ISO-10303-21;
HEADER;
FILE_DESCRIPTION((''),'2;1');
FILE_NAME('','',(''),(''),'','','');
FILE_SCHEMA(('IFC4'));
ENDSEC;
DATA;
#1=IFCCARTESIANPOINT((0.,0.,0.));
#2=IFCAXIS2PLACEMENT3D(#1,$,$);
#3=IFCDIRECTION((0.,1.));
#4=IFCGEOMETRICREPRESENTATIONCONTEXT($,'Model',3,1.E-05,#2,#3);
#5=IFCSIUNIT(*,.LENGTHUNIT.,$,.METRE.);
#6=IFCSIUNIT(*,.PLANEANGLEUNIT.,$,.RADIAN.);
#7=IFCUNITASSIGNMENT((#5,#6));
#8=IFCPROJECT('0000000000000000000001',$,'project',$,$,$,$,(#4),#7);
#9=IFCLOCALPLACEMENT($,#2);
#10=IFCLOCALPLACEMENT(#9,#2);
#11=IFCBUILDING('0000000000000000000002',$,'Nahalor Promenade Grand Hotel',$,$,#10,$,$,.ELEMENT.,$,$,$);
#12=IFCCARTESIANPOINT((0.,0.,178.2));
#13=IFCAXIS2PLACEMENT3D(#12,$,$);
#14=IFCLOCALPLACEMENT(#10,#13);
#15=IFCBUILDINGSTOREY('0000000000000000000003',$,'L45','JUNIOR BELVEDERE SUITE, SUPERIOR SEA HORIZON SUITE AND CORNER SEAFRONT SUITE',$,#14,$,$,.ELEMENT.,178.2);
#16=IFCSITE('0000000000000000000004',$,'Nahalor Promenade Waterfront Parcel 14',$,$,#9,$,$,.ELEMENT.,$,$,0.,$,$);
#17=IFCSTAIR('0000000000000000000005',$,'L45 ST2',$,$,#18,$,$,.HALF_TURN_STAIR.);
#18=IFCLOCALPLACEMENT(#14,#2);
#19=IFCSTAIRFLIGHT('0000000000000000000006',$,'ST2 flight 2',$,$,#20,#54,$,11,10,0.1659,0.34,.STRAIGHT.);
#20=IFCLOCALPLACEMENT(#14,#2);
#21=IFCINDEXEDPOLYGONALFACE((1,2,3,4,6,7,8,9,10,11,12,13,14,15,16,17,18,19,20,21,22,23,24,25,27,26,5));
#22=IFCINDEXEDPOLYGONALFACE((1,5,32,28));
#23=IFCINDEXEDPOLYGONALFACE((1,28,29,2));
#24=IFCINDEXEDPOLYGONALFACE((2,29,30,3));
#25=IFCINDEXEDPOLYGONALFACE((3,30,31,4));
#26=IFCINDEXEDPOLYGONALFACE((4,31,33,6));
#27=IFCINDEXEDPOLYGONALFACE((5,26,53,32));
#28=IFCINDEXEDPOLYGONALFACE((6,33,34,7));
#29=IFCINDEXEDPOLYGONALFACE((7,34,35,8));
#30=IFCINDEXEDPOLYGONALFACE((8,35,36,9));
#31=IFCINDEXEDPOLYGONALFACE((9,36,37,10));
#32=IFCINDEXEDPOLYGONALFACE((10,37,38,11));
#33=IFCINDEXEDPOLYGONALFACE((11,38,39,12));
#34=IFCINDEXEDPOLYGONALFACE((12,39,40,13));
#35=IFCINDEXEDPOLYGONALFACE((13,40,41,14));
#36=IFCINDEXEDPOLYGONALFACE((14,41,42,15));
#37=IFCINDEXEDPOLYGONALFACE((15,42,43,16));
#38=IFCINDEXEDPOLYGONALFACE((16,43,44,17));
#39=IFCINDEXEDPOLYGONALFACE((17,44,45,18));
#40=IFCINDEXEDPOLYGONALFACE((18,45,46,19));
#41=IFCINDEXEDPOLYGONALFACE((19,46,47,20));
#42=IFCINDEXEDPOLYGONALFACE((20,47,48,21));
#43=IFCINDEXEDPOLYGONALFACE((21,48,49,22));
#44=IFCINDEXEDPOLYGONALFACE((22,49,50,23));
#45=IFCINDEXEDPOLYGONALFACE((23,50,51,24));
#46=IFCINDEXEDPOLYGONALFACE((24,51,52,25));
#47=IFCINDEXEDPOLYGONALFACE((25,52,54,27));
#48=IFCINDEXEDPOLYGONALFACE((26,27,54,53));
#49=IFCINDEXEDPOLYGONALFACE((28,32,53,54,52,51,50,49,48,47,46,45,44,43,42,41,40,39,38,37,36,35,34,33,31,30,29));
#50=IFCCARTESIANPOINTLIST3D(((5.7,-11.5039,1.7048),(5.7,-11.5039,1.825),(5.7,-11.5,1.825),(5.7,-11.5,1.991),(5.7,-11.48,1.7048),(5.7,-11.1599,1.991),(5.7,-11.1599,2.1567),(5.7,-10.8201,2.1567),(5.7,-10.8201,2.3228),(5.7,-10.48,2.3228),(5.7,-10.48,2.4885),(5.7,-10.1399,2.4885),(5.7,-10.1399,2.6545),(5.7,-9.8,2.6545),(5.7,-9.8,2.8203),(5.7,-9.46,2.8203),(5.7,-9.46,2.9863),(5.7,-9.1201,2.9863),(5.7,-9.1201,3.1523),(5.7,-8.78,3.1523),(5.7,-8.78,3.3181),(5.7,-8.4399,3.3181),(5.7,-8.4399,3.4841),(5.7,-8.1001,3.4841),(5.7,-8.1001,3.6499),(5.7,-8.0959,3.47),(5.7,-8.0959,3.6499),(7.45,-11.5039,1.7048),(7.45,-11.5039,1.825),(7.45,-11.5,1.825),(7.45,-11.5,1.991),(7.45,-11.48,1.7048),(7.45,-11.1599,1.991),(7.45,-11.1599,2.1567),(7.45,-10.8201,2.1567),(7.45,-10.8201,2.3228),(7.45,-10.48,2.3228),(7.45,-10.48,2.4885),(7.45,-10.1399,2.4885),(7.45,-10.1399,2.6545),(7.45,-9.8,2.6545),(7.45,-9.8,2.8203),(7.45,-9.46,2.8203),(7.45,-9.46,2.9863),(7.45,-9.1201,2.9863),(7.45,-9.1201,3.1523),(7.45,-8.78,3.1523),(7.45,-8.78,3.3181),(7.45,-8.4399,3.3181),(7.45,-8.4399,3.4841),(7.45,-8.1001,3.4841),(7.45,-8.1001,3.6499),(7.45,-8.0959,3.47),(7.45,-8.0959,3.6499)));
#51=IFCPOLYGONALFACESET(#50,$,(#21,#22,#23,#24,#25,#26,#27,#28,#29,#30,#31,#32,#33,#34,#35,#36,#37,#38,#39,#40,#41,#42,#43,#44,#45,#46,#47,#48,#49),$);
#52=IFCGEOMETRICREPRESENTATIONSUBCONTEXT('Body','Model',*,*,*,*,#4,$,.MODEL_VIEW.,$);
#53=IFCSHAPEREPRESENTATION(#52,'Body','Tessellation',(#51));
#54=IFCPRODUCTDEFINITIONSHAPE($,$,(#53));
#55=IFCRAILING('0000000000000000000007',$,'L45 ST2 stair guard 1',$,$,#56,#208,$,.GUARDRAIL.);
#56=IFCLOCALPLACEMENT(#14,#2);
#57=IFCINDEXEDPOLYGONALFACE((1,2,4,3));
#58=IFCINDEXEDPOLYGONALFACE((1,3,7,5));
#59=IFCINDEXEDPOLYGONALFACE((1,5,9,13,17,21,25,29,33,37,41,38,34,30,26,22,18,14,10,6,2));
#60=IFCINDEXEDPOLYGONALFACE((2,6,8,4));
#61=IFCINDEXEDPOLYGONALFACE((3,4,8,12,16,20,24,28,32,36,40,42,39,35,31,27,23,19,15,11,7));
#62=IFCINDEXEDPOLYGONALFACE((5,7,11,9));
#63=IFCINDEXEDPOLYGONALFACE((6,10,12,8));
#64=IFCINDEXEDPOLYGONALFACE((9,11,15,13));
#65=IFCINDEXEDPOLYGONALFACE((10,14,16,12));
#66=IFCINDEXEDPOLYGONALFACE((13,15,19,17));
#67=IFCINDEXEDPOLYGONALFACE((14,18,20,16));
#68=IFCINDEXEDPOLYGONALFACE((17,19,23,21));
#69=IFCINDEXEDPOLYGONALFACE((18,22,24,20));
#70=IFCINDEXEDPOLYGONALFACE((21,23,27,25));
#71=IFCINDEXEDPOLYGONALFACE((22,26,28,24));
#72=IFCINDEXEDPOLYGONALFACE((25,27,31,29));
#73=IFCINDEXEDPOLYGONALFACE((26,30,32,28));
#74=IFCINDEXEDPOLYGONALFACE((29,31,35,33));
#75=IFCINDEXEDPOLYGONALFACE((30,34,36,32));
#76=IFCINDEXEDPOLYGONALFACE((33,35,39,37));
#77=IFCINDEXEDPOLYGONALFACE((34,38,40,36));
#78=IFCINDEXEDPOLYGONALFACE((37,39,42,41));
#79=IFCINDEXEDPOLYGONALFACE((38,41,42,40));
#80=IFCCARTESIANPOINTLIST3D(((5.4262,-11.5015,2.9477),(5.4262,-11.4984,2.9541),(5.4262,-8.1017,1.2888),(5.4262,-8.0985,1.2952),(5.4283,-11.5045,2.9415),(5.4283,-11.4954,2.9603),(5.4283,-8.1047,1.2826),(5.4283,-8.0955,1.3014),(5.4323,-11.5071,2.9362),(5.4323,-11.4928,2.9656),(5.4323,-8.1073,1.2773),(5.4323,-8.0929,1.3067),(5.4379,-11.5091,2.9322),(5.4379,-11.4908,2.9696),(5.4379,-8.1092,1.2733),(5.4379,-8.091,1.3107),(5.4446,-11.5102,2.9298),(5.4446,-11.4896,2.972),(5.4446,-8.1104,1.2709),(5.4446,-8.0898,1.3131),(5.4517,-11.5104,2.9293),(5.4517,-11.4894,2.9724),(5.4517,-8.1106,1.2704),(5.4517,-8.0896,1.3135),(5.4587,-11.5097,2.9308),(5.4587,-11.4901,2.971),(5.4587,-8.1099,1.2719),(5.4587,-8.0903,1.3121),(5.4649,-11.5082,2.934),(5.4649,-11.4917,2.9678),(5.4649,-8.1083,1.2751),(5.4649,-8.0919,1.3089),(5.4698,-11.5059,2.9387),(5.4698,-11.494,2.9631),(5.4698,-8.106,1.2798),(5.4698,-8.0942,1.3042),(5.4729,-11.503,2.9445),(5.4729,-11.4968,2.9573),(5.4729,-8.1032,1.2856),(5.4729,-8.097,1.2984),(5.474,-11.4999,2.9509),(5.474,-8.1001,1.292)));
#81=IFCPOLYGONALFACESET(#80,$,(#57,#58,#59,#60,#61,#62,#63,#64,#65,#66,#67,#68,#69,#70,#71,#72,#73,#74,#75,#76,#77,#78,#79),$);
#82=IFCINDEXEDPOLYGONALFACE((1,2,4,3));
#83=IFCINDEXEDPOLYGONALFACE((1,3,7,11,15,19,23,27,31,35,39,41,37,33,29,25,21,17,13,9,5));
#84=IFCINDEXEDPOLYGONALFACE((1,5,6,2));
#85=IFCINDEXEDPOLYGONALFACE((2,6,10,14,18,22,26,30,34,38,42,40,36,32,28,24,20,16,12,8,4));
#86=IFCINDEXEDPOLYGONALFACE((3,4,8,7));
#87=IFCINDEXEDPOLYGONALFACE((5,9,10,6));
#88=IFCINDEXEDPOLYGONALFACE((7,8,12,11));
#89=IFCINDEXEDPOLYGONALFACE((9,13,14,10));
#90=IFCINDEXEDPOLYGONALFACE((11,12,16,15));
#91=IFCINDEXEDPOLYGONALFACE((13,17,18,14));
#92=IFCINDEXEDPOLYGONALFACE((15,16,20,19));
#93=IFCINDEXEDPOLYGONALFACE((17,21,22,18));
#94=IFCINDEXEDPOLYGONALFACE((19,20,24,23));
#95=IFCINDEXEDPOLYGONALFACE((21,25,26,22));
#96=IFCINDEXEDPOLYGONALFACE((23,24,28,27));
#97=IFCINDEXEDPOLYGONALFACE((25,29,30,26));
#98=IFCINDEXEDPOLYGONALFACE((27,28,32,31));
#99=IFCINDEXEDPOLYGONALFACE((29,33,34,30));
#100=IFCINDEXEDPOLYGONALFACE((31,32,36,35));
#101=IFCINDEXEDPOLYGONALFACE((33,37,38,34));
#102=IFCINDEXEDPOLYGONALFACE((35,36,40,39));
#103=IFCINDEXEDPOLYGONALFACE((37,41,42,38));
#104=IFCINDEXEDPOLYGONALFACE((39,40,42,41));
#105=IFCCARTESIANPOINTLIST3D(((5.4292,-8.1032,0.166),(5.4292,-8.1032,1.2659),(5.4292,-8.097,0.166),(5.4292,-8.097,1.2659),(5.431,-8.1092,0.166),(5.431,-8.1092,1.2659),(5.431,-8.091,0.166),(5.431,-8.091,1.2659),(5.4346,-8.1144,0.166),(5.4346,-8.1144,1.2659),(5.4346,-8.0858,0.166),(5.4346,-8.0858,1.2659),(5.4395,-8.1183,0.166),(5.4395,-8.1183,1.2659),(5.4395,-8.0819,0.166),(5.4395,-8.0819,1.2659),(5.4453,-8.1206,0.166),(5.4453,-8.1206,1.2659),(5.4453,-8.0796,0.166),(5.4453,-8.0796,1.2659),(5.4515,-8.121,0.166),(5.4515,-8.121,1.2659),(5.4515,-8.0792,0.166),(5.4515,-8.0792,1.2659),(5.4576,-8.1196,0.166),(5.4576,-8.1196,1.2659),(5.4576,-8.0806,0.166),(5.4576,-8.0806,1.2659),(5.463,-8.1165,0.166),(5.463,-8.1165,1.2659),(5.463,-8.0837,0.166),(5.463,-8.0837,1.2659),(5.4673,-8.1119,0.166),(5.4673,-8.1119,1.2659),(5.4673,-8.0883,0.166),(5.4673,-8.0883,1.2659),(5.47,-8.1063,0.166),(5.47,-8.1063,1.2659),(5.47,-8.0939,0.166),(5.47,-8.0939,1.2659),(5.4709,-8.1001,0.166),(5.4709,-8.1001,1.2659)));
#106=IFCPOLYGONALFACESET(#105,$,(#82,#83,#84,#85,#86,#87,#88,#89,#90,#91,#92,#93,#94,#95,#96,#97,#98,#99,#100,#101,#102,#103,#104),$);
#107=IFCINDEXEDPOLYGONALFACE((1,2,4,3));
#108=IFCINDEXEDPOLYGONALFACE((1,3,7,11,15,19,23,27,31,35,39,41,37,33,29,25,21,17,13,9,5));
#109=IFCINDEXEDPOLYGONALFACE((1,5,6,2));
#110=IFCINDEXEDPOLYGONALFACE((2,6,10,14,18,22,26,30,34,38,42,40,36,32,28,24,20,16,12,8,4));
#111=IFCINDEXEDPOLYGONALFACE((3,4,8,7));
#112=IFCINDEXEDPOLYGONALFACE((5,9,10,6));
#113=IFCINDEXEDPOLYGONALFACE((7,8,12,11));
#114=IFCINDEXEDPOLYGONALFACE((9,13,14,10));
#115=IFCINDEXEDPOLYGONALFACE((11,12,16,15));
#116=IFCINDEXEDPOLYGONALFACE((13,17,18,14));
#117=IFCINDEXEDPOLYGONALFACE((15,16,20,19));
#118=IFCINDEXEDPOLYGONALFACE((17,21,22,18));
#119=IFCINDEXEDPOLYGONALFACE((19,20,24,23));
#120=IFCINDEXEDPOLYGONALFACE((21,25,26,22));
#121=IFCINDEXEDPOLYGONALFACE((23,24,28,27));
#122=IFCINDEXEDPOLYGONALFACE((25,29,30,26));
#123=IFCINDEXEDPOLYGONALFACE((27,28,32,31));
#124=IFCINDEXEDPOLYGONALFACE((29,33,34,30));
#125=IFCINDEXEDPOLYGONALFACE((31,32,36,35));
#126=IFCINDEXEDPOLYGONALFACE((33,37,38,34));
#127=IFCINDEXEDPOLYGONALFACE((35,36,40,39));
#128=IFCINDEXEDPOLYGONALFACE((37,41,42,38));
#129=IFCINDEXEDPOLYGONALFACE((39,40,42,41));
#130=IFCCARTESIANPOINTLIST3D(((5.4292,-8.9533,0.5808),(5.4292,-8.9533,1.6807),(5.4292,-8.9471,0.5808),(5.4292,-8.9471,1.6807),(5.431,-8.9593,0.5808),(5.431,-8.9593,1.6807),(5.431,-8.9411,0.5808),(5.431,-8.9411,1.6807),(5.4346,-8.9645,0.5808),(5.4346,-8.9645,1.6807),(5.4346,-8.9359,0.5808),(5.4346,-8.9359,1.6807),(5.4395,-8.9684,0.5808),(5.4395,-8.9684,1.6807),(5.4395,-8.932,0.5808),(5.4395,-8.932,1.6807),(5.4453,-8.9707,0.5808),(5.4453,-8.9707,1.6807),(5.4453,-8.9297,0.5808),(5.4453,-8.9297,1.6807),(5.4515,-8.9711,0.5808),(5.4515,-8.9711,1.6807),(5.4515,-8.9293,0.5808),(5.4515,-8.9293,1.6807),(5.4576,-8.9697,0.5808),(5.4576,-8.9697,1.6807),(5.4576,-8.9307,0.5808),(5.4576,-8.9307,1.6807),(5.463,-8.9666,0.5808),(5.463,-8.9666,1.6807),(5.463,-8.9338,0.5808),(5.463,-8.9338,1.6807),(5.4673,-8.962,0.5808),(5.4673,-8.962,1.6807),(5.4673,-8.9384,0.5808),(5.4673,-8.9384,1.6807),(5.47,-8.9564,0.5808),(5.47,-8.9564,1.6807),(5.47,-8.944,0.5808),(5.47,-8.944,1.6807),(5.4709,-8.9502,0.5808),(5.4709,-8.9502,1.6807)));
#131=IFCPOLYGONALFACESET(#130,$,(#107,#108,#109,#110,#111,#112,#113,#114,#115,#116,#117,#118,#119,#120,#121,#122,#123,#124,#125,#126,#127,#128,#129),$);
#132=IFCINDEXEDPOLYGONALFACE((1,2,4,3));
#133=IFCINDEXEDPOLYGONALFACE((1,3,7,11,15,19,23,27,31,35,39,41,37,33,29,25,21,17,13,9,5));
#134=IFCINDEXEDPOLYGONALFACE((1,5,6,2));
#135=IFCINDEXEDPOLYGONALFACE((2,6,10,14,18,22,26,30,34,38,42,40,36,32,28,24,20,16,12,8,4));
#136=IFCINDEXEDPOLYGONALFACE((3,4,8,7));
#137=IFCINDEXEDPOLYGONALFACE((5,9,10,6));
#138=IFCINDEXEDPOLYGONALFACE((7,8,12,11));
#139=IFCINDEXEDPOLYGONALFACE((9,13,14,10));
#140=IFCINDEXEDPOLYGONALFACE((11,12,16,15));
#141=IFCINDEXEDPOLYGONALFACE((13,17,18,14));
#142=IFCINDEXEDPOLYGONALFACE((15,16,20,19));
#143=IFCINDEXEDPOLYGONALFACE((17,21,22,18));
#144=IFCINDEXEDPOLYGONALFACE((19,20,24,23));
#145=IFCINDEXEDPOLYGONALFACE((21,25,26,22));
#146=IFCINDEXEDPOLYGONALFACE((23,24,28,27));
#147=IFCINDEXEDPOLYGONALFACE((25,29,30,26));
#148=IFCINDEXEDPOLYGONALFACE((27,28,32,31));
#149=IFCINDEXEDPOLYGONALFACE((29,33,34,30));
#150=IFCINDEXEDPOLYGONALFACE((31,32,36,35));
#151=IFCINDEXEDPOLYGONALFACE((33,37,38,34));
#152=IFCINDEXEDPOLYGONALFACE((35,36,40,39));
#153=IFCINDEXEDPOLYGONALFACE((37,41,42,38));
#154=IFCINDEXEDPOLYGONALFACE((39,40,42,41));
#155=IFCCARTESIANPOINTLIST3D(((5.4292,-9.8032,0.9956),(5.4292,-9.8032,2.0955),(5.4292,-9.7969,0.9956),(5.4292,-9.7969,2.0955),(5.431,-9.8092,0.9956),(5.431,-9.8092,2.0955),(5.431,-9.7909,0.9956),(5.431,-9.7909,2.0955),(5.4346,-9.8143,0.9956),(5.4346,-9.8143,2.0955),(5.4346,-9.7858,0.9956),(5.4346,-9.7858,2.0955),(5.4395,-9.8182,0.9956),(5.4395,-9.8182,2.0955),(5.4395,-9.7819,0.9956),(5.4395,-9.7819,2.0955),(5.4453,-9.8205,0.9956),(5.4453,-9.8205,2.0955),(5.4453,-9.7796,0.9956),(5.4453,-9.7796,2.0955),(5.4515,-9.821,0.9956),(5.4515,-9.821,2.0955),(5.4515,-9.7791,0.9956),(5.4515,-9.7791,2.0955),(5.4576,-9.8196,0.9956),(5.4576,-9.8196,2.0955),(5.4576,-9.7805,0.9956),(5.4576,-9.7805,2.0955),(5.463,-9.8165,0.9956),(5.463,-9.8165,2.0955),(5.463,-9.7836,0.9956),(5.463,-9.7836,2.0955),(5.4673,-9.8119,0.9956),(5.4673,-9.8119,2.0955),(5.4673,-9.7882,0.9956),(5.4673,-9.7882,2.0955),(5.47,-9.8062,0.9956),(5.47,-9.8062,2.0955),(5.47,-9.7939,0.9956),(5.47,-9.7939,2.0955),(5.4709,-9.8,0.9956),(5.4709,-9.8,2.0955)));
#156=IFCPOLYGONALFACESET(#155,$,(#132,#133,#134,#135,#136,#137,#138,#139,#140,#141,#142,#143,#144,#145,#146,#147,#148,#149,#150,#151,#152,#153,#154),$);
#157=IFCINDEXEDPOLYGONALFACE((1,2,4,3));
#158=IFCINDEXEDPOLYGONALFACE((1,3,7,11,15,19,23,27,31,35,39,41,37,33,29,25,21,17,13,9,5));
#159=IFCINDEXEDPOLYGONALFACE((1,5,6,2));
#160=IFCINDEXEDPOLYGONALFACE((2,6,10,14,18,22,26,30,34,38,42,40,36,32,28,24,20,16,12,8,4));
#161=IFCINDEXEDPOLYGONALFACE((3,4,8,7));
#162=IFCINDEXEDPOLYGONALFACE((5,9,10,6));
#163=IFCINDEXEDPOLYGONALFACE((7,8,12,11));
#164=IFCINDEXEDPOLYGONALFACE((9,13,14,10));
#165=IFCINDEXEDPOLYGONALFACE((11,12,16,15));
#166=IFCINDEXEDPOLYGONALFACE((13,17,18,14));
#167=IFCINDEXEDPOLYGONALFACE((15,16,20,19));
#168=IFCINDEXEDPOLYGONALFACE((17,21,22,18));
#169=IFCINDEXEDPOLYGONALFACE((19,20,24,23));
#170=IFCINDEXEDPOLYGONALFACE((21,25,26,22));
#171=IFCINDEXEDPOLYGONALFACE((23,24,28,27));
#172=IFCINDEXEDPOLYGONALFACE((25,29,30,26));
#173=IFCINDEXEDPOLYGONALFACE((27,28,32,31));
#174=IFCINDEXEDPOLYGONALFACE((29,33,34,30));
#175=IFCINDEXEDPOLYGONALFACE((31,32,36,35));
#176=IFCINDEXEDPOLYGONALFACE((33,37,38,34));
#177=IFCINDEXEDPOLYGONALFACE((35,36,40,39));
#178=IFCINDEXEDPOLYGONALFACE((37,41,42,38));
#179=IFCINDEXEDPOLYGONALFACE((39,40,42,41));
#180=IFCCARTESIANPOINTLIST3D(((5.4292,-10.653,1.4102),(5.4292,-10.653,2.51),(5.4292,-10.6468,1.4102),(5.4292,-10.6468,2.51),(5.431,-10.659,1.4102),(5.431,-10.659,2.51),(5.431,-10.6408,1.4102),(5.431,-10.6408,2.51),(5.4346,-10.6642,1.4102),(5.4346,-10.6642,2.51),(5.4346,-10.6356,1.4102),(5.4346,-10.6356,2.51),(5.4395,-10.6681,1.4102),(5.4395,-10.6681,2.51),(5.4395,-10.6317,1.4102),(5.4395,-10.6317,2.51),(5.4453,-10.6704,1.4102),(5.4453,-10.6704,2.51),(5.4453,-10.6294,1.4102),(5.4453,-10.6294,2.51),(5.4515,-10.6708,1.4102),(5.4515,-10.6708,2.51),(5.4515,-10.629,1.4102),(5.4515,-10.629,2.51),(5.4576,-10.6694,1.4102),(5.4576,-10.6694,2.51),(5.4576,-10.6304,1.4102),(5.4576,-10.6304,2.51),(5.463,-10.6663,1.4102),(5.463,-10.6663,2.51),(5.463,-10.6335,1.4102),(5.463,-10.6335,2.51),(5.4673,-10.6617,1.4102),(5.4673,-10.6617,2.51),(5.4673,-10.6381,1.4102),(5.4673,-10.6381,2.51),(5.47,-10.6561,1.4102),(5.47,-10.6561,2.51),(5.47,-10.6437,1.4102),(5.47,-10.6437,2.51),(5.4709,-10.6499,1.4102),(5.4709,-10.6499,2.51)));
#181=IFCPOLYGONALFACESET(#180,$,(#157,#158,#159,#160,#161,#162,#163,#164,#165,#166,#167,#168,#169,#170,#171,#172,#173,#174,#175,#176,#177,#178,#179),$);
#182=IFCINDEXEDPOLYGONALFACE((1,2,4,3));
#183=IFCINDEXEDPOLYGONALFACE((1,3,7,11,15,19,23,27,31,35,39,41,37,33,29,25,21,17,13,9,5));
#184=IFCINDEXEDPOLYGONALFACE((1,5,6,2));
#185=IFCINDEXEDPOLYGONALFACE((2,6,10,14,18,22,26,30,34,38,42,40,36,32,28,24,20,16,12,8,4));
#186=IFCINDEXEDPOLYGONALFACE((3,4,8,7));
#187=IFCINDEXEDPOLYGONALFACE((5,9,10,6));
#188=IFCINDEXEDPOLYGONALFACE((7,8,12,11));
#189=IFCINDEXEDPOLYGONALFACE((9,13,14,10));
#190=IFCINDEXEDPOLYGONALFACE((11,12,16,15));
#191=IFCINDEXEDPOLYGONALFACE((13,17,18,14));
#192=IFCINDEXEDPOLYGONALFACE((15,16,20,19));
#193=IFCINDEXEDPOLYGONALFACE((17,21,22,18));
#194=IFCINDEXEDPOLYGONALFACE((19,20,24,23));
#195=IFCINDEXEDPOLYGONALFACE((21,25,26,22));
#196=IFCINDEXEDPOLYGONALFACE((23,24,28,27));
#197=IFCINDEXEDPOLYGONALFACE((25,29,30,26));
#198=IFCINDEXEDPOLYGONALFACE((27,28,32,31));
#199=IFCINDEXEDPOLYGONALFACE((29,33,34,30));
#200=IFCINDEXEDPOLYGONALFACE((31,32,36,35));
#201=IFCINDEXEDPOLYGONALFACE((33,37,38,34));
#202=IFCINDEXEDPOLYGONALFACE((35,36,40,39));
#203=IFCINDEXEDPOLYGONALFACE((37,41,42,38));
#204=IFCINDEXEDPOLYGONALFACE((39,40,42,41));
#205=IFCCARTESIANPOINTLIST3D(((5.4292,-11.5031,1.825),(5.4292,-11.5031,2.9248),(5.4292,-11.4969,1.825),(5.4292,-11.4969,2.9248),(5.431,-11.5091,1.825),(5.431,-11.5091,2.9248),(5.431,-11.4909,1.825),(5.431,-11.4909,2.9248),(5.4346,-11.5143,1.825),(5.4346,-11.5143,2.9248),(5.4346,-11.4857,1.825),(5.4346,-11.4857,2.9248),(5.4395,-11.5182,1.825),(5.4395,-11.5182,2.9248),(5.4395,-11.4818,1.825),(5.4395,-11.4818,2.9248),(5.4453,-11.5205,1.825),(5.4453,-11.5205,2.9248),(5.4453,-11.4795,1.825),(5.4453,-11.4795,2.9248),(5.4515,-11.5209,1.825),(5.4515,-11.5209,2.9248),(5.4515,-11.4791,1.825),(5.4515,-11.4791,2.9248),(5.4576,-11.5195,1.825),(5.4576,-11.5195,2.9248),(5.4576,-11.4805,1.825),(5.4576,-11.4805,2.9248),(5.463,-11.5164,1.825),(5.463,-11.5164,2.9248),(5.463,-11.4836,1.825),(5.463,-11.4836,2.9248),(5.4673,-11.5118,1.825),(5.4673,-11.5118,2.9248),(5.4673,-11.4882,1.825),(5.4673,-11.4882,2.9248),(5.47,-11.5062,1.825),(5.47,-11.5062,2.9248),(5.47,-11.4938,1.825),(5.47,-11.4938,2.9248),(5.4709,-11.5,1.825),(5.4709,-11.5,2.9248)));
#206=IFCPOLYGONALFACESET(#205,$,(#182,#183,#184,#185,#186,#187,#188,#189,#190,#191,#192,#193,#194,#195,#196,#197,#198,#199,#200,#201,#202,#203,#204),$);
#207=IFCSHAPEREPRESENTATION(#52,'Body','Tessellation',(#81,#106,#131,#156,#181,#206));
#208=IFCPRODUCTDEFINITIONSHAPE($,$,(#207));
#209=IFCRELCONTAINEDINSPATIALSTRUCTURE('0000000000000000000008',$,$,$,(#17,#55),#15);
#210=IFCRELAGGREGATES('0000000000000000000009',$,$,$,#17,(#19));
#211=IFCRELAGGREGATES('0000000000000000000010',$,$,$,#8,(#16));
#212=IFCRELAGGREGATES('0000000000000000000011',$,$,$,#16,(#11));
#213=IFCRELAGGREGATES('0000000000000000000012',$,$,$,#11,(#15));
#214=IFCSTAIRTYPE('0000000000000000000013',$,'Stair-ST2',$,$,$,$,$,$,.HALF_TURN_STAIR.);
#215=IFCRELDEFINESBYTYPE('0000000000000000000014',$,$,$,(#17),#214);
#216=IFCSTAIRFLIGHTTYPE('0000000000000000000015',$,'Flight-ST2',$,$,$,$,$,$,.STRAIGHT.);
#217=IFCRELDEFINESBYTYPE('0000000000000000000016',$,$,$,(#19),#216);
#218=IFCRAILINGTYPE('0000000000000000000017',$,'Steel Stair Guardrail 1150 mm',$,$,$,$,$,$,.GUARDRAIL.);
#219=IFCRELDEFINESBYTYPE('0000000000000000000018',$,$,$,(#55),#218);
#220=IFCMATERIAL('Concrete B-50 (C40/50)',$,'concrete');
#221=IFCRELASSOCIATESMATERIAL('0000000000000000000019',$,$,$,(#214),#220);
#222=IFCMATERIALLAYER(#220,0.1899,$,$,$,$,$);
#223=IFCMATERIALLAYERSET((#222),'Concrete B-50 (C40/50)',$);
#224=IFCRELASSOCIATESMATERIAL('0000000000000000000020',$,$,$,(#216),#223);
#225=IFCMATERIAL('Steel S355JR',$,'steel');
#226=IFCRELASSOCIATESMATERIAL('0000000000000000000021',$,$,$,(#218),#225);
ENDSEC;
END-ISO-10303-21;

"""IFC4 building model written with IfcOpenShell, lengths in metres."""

from ifc_helpers import new_model, si_unit, direction, frame, origin, origin_2d, place, context, subcontext, project, spatial, polyline, circle, outline, extrude, source, transform, mapped, material, layer, layer_set, type_object, element, aggregate, save


model = new_model("IFC4")

# Units and contexts
model_context = context("Model", 3, precision=1e-05, world=origin(), true_north=direction((0.0, 1.0)))
body_context = subcontext(model_context, "Body", "Model", "MODEL_VIEW")
ifc_project = project(units=[si_unit("LENGTHUNIT", "METRE"), si_unit("PLANEANGLEUNIT", "RADIAN")], contexts=[model_context])

# Site, building, storey
site_placement = place(None, origin())
site = spatial("IfcSite", under=ifc_project, at=site_placement, Name="Nahalor Promenade Waterfront Parcel 14", CompositionType="ELEMENT", RefElevation=0.0)
building_placement = place(site_placement, origin())
building = spatial("IfcBuilding", under=site, at=building_placement, Name="Nahalor Promenade Grand Hotel", CompositionType="ELEMENT")
storey_placement = place(building_placement, frame((0.0, 0.0, 178.2)))
storey = spatial("IfcBuildingStorey", under=building, at=storey_placement, Name="L45", Description="JUNIOR BELVEDERE SUITE, SUPERIOR SEA HORIZON SUITE AND CORNER SEAFRONT SUITE", CompositionType="ELEMENT", Elevation=178.2)

# Shared definitions
ifc_material_1 = material(Name="Steel S355JR", Category="steel")

# Shared definitions
ifc_material_2 = material(Name="Concrete B-50 (C40/50)", Category="concrete")

# Stair, stair flight
stair_type = type_object("IfcStairType", Name="Stair-ST2", PredefinedType="HALF_TURN_STAIR", material=ifc_material_2)
stair_placement = place(storey_placement, origin())
stair = element("IfcStair", 1, at=stair_placement, inside=storey, type_object=stair_type, Name="L45 ST2", PredefinedType="HALF_TURN_STAIR")
ifc_layer_1 = layer(ifc_material_2, 0.1899)
ifc_layer_set_1 = layer_set([ifc_layer_1], Name="Concrete B-50 (C40/50)")
stair_flight_type = type_object("IfcStairFlightType", Name="Flight-ST2", PredefinedType="STRAIGHT", material=ifc_layer_set_1)
shared_shape_1 = source(origin(), body_context, "Body", "SweptSolid", [
    extrude(outline(polyline([(-0.0039, -0.1201), (-0.0039, 0.0), (0.0, 0.0), (0.0, 0.166), (0.3401, 0.166), (0.3401, 0.3318), (0.6799, 0.3318), (0.6799, 0.4978), (1.02, 0.4978), (1.02, 0.6636), (1.3601, 0.6636), (1.3601, 0.8296), (1.7, 0.8296), (1.7, 0.9954), (2.04, 0.9954), (2.04, 1.1614), (2.3799, 1.1614), (2.3799, 1.3274), (2.72, 1.3274), (2.72, 1.4932), (3.0601, 1.4932), (3.0601, 1.6592), (3.3999, 1.6592), (3.3999, 1.825), (3.4041, 1.825), (3.4041, 1.645), (0.02, -0.1201), (-0.0039, -0.1201)])), frame((0.0, 0.875, 0.0), z_axis=(0.0, -1.0, 0.0), x_axis=(1.0, 0.0, 0.0)), (0.0, 0.0, 1.0), 1.75),
])
stair_flight_1_placement = place(storey_placement, frame((6.575, -11.5, 1.825), z_axis=(0.0, 0.0, 1.0), x_axis=(0.0, 1.0, 0.0)))
stair_flight_1 = element("IfcStairFlight", 2, at=stair_flight_1_placement, type_object=stair_flight_type, Name="ST2 flight 2", NumberOfRisers=11, NumberOfTreads=10, PredefinedType="STRAIGHT", RiserHeight=0.1659, TreadLength=0.34, context=body_context, shape_type="MappedRepresentation", body=[
    mapped(shared_shape_1, transform((0.0, 0.0, 0.0), scale=1.0)),
])
aggregate(stair, [stair_flight_1])

# Railing
railing_type_1 = type_object("IfcRailingType", Name="Steel Stair Guardrail 1150 mm", PredefinedType="GUARDRAIL", material=ifc_material_1)
railing_1_placement = place(storey_placement, frame((5.45, -8.1001, 0.166)))
element("IfcRailing", 3, at=railing_1_placement, inside=storey, type_object=railing_type_1, Name="L45 ST2 stair guard 1", PredefinedType="GUARDRAIL", context=body_context, shape_type="SweptSolid", body=[
    extrude(circle(Radius=0.024, at=origin_2d()), frame((0.0, 0.0, 1.126), z_axis=(0.0, -0.898722, 0.438519), x_axis=(1.0, 0.0, 0.0)), (0.0, 0.0, 1.0), 3.783),
    extrude(circle(Radius=0.021, at=origin_2d()), origin(), (0.0, 0.0, 1.0), 1.0999),
    extrude(circle(Radius=0.021, at=origin_2d()), frame((0.0, -0.8501, 0.4148)), (0.0, 0.0, 1.0), 1.0999),
    extrude(circle(Radius=0.021, at=origin_2d()), frame((0.0, -1.7, 0.8296)), (0.0, 0.0, 1.0), 1.0999),
    extrude(circle(Radius=0.021, at=origin_2d()), frame((0.0, -2.5498, 1.2441)), (0.0, 0.0, 1.0), 1.0999),
    extrude(circle(Radius=0.021, at=origin_2d()), frame((0.0, -3.3999, 1.6589)), (0.0, 0.0, 1.0), 1.0999),
])

save(model, "model.ifc")
